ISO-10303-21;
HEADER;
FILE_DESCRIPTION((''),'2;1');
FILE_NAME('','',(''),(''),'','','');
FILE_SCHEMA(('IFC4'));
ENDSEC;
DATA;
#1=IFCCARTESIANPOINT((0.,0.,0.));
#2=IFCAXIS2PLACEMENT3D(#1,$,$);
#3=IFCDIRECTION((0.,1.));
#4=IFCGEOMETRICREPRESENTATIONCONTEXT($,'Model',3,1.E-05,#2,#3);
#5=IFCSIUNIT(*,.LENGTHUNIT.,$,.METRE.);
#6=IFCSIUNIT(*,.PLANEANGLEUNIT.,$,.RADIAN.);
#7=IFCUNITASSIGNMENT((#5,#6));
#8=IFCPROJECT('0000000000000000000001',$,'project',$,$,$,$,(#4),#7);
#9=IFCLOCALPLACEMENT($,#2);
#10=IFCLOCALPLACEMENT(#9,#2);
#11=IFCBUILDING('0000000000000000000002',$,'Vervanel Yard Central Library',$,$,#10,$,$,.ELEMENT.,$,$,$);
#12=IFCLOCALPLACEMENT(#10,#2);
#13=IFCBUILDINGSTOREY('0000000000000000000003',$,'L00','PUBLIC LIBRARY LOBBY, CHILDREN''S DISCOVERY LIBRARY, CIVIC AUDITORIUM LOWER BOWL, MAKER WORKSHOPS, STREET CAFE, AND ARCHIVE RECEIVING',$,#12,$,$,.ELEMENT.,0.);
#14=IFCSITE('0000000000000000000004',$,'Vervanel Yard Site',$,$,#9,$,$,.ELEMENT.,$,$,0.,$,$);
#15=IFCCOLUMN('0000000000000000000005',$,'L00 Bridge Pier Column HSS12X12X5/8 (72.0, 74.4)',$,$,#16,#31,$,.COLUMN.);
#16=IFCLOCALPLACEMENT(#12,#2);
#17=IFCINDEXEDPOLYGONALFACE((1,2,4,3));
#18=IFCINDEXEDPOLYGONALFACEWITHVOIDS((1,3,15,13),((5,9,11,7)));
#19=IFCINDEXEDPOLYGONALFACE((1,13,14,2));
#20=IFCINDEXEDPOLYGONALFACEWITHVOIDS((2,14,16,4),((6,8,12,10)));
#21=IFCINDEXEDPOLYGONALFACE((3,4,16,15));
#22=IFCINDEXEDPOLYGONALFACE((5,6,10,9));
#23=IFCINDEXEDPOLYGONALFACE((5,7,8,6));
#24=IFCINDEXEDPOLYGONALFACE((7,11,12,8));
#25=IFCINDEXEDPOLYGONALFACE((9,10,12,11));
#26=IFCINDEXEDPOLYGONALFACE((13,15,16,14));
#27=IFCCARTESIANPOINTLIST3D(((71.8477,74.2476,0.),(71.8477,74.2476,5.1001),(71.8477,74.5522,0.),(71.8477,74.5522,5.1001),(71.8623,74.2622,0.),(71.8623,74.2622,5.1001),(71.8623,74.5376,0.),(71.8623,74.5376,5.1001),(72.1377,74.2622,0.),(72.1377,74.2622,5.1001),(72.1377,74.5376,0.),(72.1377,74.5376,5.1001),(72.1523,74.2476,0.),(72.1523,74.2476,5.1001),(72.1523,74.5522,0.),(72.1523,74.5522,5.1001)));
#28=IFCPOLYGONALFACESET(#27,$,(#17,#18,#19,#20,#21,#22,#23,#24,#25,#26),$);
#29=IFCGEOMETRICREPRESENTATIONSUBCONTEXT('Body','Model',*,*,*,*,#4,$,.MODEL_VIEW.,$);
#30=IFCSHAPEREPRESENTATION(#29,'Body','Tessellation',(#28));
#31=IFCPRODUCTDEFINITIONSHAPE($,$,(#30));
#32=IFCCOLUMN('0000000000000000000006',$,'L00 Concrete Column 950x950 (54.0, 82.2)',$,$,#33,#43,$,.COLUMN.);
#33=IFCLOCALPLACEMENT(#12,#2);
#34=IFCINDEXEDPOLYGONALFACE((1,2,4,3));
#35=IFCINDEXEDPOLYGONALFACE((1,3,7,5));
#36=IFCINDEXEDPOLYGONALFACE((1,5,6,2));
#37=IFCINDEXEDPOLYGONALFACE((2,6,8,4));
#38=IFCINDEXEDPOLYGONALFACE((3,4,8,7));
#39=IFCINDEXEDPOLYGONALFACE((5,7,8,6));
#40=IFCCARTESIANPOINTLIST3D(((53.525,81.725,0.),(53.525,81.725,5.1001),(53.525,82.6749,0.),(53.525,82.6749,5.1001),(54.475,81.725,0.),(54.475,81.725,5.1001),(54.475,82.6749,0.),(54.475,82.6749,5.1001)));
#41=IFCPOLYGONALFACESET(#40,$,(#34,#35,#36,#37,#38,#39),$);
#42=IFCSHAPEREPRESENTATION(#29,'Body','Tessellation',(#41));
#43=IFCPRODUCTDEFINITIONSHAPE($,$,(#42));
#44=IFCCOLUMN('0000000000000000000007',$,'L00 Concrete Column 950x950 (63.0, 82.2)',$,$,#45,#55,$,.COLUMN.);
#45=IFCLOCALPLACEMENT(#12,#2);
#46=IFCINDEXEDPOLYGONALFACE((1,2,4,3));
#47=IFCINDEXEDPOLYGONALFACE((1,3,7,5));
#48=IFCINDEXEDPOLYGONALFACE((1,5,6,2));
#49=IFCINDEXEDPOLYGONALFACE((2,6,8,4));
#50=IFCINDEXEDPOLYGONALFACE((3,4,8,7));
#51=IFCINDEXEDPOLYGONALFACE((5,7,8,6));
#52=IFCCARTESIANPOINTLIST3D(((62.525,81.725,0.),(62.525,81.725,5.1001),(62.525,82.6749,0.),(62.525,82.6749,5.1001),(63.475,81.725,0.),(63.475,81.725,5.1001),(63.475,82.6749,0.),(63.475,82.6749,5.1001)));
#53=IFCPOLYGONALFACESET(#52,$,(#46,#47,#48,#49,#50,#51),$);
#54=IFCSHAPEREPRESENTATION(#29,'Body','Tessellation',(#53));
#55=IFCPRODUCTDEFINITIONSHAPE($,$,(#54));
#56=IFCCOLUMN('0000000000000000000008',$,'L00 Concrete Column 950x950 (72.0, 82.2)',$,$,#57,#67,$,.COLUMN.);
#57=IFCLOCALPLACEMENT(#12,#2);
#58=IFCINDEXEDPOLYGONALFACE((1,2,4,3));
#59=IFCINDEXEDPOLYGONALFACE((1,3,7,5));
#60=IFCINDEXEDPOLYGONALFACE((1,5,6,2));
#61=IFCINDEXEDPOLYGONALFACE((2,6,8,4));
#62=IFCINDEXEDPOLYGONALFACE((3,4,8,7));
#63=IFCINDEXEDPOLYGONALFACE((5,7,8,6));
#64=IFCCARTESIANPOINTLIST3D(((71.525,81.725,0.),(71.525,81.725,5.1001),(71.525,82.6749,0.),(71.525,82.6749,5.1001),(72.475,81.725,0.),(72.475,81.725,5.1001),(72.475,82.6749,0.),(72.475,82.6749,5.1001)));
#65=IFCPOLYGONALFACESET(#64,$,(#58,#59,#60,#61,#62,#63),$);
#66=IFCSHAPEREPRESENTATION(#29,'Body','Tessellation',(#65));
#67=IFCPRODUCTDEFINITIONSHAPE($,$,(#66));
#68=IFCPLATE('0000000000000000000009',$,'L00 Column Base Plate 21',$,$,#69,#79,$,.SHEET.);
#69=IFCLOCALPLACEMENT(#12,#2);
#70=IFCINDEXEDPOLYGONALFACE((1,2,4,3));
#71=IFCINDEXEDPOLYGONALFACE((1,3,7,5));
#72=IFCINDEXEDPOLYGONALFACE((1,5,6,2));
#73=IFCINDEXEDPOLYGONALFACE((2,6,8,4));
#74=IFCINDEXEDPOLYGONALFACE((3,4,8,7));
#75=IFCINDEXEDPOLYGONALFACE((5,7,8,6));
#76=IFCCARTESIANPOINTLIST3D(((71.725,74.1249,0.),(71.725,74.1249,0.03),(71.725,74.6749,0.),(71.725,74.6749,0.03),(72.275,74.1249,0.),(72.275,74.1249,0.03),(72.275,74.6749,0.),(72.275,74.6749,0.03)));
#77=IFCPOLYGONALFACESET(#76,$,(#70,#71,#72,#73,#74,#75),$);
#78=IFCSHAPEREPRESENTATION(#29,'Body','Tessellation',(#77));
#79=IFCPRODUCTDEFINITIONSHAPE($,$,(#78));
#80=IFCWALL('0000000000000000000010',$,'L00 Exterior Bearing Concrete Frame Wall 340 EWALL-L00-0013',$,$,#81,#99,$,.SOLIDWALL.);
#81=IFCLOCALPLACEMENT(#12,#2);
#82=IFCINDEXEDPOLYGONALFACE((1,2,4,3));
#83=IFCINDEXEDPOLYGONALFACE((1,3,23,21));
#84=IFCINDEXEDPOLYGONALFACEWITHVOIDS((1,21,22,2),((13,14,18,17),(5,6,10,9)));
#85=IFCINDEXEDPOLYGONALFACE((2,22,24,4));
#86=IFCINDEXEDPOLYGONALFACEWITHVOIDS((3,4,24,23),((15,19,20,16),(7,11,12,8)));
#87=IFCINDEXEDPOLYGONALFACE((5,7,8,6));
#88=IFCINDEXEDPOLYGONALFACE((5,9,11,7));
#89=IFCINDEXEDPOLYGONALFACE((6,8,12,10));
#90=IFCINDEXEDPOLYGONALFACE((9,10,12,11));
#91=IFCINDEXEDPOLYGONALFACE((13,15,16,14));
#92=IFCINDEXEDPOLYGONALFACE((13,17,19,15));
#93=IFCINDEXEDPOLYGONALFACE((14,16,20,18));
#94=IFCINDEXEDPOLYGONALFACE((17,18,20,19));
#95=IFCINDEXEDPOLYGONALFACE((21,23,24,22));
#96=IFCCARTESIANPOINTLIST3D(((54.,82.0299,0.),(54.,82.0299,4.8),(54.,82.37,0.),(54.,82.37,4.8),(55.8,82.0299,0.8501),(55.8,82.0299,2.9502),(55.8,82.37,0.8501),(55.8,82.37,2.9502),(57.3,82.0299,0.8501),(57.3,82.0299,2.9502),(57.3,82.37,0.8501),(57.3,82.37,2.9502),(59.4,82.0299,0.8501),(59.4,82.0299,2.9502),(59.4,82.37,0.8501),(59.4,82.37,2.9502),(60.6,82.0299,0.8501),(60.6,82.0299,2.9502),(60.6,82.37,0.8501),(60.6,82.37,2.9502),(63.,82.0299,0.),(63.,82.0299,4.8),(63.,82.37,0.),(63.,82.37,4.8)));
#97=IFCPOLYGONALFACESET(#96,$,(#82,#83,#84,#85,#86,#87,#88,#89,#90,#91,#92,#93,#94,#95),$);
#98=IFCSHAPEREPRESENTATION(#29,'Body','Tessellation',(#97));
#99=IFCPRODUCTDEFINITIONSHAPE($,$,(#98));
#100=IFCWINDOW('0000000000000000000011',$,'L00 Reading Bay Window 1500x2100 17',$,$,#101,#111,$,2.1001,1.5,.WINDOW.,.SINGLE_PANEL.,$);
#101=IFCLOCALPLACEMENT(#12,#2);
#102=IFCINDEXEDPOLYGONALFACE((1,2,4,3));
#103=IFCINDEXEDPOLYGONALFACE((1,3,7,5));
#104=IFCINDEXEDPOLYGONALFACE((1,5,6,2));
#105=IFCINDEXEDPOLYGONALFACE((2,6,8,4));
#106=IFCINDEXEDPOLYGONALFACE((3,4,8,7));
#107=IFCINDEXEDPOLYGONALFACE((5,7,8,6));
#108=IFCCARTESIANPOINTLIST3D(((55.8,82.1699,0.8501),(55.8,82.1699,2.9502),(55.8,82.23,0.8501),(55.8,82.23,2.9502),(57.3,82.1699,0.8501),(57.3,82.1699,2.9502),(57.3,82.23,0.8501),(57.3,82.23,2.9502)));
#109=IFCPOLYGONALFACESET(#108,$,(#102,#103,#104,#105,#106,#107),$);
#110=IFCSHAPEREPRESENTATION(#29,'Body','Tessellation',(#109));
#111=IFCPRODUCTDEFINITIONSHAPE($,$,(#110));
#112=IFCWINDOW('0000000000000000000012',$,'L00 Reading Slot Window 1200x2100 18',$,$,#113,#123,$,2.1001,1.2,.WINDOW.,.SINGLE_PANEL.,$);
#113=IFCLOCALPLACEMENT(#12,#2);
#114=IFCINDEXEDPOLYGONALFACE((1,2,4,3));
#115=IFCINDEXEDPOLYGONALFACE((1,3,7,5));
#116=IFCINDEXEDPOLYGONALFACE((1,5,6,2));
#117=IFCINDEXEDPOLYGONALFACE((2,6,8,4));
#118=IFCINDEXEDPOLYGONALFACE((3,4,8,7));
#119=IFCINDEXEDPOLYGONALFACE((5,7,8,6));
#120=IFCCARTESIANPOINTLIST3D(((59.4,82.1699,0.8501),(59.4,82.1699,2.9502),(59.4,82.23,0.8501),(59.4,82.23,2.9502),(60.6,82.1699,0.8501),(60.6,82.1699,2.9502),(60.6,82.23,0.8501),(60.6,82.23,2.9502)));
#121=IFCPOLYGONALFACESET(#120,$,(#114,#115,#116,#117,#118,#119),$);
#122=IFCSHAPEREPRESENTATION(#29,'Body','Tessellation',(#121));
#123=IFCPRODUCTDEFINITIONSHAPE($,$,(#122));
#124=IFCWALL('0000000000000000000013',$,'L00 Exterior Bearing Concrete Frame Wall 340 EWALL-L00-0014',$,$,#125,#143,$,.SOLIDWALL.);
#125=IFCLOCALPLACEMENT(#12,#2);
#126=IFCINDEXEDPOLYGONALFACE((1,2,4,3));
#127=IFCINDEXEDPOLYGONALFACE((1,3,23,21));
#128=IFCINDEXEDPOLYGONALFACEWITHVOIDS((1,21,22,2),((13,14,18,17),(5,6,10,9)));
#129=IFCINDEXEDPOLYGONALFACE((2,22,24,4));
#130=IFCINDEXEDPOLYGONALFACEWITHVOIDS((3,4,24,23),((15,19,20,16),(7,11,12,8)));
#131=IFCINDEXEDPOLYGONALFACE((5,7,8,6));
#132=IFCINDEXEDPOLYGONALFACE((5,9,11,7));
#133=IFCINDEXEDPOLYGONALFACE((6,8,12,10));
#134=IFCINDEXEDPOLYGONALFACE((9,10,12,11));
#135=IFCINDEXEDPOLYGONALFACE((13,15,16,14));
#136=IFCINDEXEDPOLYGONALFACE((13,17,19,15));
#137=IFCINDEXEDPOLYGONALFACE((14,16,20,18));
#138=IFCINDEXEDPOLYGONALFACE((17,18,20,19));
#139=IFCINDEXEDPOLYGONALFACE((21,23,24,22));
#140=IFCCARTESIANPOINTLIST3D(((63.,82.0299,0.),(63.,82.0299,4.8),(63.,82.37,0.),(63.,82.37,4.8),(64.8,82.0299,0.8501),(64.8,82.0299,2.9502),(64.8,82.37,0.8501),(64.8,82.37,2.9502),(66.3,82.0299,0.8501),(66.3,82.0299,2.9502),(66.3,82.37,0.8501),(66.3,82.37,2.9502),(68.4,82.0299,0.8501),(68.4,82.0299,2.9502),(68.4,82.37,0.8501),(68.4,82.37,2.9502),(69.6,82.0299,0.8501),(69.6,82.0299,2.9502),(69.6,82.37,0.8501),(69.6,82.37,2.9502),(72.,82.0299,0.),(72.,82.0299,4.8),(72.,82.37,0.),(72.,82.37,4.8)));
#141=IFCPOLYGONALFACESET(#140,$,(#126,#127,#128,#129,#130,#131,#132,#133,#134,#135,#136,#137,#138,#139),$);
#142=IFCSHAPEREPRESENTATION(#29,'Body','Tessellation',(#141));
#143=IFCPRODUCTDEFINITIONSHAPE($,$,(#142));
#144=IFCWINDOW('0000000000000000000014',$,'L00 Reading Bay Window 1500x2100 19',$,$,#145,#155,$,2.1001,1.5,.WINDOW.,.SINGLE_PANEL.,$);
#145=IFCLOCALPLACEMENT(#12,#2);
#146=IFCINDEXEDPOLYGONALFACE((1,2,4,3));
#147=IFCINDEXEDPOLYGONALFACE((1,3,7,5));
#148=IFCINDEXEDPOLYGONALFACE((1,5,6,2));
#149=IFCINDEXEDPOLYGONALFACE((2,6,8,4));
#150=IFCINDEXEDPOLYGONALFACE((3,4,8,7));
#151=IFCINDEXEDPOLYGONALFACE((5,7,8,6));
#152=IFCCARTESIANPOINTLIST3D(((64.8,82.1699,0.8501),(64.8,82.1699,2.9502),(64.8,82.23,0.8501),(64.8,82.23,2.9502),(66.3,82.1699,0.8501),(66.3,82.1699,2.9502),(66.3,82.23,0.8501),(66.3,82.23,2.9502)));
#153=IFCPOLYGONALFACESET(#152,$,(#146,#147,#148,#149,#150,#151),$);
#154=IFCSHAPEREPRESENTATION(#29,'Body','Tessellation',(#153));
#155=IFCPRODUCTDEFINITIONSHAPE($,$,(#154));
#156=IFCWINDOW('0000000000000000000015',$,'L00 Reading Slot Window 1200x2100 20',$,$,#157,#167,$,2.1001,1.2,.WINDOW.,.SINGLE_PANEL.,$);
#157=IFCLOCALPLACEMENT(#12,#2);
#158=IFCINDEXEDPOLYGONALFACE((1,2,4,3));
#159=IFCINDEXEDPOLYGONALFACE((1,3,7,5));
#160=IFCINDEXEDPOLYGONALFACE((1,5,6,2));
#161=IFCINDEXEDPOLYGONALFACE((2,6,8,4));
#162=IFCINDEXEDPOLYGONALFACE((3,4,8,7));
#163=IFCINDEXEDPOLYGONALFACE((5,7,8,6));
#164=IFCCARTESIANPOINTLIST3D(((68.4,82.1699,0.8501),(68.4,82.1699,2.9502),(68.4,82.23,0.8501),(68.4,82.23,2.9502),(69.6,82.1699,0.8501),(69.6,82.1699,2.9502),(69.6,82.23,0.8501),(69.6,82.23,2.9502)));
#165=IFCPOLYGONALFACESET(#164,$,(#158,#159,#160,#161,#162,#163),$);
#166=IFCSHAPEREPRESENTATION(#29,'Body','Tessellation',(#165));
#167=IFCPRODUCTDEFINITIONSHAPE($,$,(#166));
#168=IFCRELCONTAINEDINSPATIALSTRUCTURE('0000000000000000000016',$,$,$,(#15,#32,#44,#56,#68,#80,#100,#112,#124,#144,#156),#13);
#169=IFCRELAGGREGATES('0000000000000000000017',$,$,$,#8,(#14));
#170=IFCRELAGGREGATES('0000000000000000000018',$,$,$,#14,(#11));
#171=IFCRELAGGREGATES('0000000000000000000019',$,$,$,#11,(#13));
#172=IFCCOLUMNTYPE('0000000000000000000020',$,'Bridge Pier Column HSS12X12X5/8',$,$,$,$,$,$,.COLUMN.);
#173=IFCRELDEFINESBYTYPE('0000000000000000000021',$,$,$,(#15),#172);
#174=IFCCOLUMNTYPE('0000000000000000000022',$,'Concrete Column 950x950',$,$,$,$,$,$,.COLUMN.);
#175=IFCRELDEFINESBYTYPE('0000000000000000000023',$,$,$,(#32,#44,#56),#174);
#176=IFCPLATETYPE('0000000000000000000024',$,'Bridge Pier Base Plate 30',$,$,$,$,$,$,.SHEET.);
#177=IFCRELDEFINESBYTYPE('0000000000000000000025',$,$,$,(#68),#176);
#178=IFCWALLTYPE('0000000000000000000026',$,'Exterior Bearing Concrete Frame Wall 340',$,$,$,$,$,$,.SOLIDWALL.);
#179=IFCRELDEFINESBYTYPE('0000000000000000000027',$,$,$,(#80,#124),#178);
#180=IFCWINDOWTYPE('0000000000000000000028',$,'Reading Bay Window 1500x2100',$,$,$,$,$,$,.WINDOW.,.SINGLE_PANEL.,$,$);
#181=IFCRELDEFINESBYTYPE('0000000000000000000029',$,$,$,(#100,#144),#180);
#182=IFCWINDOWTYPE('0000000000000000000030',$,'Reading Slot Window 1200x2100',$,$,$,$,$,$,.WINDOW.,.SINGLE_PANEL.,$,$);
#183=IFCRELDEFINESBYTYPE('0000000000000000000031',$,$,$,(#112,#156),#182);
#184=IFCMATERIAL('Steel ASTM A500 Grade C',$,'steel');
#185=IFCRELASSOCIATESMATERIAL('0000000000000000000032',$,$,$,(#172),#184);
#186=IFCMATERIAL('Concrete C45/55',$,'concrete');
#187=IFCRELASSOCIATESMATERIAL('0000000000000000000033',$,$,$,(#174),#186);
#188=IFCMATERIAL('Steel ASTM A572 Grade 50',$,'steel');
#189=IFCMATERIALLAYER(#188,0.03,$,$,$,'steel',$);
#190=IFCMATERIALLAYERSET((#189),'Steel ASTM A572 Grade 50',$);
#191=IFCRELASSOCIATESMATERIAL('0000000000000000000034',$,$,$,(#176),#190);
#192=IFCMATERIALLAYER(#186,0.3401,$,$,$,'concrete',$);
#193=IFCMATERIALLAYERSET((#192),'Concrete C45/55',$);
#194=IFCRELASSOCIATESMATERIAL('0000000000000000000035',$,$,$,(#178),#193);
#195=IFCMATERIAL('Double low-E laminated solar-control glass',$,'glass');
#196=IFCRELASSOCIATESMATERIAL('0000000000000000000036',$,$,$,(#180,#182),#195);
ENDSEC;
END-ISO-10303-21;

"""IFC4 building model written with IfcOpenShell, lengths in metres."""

from ifc_helpers import new_model, si_unit, direction, frame, frame_2d, origin, origin_2d, place, context, subcontext, project, spatial, rectangle, hollow_rectangle, extrude, material, layer, layer_set, material_profile, profile_set, type_object, element, fill, save


model = new_model("IFC4")

# Units and contexts
model_context = context("Model", 3, precision=1e-05, world=origin(), true_north=direction((0.0, 1.0)))
body_context = subcontext(model_context, "Body", "Model", "MODEL_VIEW")
ifc_project = project(units=[si_unit("LENGTHUNIT", "METRE"), si_unit("PLANEANGLEUNIT", "RADIAN")], contexts=[model_context])

# Site, building, storey
site_placement = place(None, origin())
site = spatial("IfcSite", under=ifc_project, at=site_placement, Name="Vervanel Yard Site", CompositionType="ELEMENT", RefElevation=0.0)
building_placement = place(site_placement, origin())
building = spatial("IfcBuilding", under=site, at=building_placement, Name="Vervanel Yard Central Library", CompositionType="ELEMENT")
storey_placement = place(building_placement, origin())
storey = spatial("IfcBuildingStorey", under=building, at=storey_placement, Name="L00", Description="PUBLIC LIBRARY LOBBY, CHILDREN'S DISCOVERY LIBRARY, CIVIC AUDITORIUM LOWER BOWL, MAKER WORKSHOPS, STREET CAFE, AND ARCHIVE RECEIVING", CompositionType="ELEMENT", Elevation=0.0)

# Columns
ifc_material_1 = material(Name="Steel ASTM A500 Grade C", Category="steel")
ifc_material_profile_1 = material_profile(ifc_material_1, hollow_rectangle(XDim=0.3047, YDim=0.3047, WallThickness=0.0146, at=origin_2d()), Name="HSS12X12X5/8", Category="steel")
ifc_profile_set_1 = profile_set([ifc_material_profile_1], Name="Steel ASTM A500 Grade C")
column_type_1 = type_object("IfcColumnType", Name="Bridge Pier Column HSS12X12X5/8", PredefinedType="COLUMN", material=ifc_profile_set_1)
column_placement = place(storey_placement, frame((72.0, 74.3999, 0.0), z_axis=(0.0, 0.0, 1.0), x_axis=(1.0, 0.0, 0.0)))
element("IfcColumn", 1, at=column_placement, inside=storey, type_object=column_type_1, Name="L00 Bridge Pier Column HSS12X12X5/8 (72.0, 74.4)", PredefinedType="COLUMN", context=body_context, shape_type="SweptSolid", body=[
    extrude(hollow_rectangle(XDim=0.3047, YDim=0.3047, WallThickness=0.0146, at=origin_2d()), origin(), (0.0, 0.0, 1.0), 5.1001),
])
ifc_material_2 = material(Name="Concrete C45/55", Category="concrete")
ifc_material_profile_2 = material_profile(ifc_material_2, rectangle(XDim=0.95, YDim=0.95, at=origin_2d()), Name="RC 950x950", Category="concrete")
ifc_profile_set_2 = profile_set([ifc_material_profile_2], Name="Concrete C45/55")
column_type_2 = type_object("IfcColumnType", Name="Concrete Column 950x950", PredefinedType="COLUMN", material=ifc_profile_set_2)
for number, where, z_axis, x_axis, name in (
    (2, (54.0, 82.2, 0.0), (0.0, 0.0, 1.0), (1.0, 0.0, 0.0), "L00 Concrete Column 950x950 (54.0, 82.2)"),
    (3, (63.0, 82.2, 0.0), (0.0, 0.0, 1.0), (1.0, 0.0, 0.0), "L00 Concrete Column 950x950 (63.0, 82.2)"),
    (4, (72.0, 82.2, 0.0), (0.0, 0.0, 1.0), (1.0, 0.0, 0.0), "L00 Concrete Column 950x950 (72.0, 82.2)"),
):
    element("IfcColumn", number, at=place(storey_placement, frame(where, z_axis=z_axis, x_axis=x_axis)), inside=storey, type_object=column_type_2, Name=name, PredefinedType="COLUMN", context=body_context, shape_type="SweptSolid", body=[
        extrude(rectangle(XDim=0.95, YDim=0.95, at=origin_2d()), origin(), (0.0, 0.0, 1.0), 5.1001),
    ])

# Plate
ifc_material_3 = material(Name="Steel ASTM A572 Grade 50", Category="steel")
ifc_layer_1 = layer(ifc_material_3, 0.03, Category="steel")
ifc_layer_set_1 = layer_set([ifc_layer_1], Name="Steel ASTM A572 Grade 50")
plate_type = type_object("IfcPlateType", Name="Bridge Pier Base Plate 30", PredefinedType="SHEET", material=ifc_layer_set_1)
plate_placement = place(storey_placement, frame((72.0, 74.3999, 0.0), z_axis=(0.0, 0.0, 1.0), x_axis=(1.0, 0.0, 0.0)))
element("IfcPlate", 5, at=plate_placement, inside=storey, type_object=plate_type, Name="L00 Column Base Plate 21", PredefinedType="SHEET", context=body_context, shape_type="SweptSolid", body=[
    extrude(rectangle(XDim=0.55, YDim=0.55, at=origin_2d()), origin(), (0.0, 0.0, 1.0), 0.03),
])

# Walls, openings, windows
ifc_layer_2 = layer(ifc_material_2, 0.3401, Category="concrete")
ifc_layer_set_2 = layer_set([ifc_layer_2], Name="Concrete C45/55")
wall_type_1 = type_object("IfcWallType", Name="Exterior Bearing Concrete Frame Wall 340", PredefinedType="SOLIDWALL", material=ifc_layer_set_2)
wall_1_placement = place(storey_placement, frame((54.0, 82.2, 0.0), z_axis=(0.0, 0.0, 1.0), x_axis=(1.0, 0.0, 0.0)))
wall_1 = element("IfcWall", 6, at=wall_1_placement, inside=storey, type_object=wall_type_1, Name="L00 Exterior Bearing Concrete Frame Wall 340 EWALL-L00-0013", PredefinedType="SOLIDWALL", context=body_context, shape_type="SweptSolid", body=[
    extrude(rectangle(XDim=9.0, YDim=0.3401, at=frame_2d((4.5, 0.0))), origin(), (0.0, 0.0, 1.0), 4.8),
])
opening_1_placement = place(wall_1_placement, frame((1.8, 0.0, 0.8501)))
opening_1 = element("IfcOpeningElement", 7, at=opening_1_placement, cuts=wall_1, PredefinedType="OPENING", context=body_context, shape_type="SweptSolid", body=[
    extrude(rectangle(XDim=1.5, YDim=2.1001, at=frame_2d((0.75, 1.05))), frame((0.0, 0.1799, 0.0), z_axis=(0.0, -1.0, 0.0), x_axis=(1.0, 0.0, 0.0)), (0.0, 0.0, 1.0), 0.3601),
])
opening_2_placement = place(wall_1_placement, frame((5.3999, 0.0, 0.8501)))
opening_2 = element("IfcOpeningElement", 8, at=opening_2_placement, cuts=wall_1, PredefinedType="OPENING", context=body_context, shape_type="SweptSolid", body=[
    extrude(rectangle(XDim=1.2, YDim=2.1001, at=frame_2d((0.6001, 1.05))), frame((0.0, 0.1799, 0.0), z_axis=(0.0, -1.0, 0.0), x_axis=(1.0, 0.0, 0.0)), (0.0, 0.0, 1.0), 0.3601),
])
ifc_material_4 = material(Name="Double low-E laminated solar-control glass", Category="glass")
window_type_1 = type_object("IfcWindowType", Name="Reading Bay Window 1500x2100", PartitioningType="SINGLE_PANEL", PredefinedType="WINDOW", material=ifc_material_4)
window_1_placement = place(opening_1_placement, origin())
window_1 = element("IfcWindow", 9, at=window_1_placement, inside=storey, type_object=window_type_1, Name="L00 Reading Bay Window 1500x2100 17", OverallHeight=2.1001, OverallWidth=1.5, PartitioningType="SINGLE_PANEL", PredefinedType="WINDOW", context=body_context, shape_type="SweptSolid", body=[
    extrude(rectangle(XDim=1.5, YDim=2.1001, at=frame_2d((0.75, 1.05))), frame((0.0, 0.03, 0.0), z_axis=(0.0, -1.0, 0.0), x_axis=(1.0, 0.0, 0.0)), (0.0, 0.0, 1.0), 0.0601),
])
fill(opening_1, window_1)
window_type_2 = type_object("IfcWindowType", Name="Reading Slot Window 1200x2100", PartitioningType="SINGLE_PANEL", PredefinedType="WINDOW", material=ifc_material_4)
window_2_placement = place(opening_2_placement, origin())
window_2 = element("IfcWindow", 10, at=window_2_placement, inside=storey, type_object=window_type_2, Name="L00 Reading Slot Window 1200x2100 18", OverallHeight=2.1001, OverallWidth=1.2, PartitioningType="SINGLE_PANEL", PredefinedType="WINDOW", context=body_context, shape_type="SweptSolid", body=[
    extrude(rectangle(XDim=1.2, YDim=2.1001, at=frame_2d((0.6001, 1.05))), frame((0.0, 0.03, 0.0), z_axis=(0.0, -1.0, 0.0), x_axis=(1.0, 0.0, 0.0)), (0.0, 0.0, 1.0), 0.0601),
])
fill(opening_2, window_2)
wall_2_placement = place(storey_placement, frame((63.0, 82.2, 0.0), z_axis=(0.0, 0.0, 1.0), x_axis=(1.0, 0.0, 0.0)))
wall_2 = element("IfcWall", 11, at=wall_2_placement, inside=storey, type_object=wall_type_1, Name="L00 Exterior Bearing Concrete Frame Wall 340 EWALL-L00-0014", PredefinedType="SOLIDWALL", context=body_context, shape_type="SweptSolid", body=[
    extrude(rectangle(XDim=9.0, YDim=0.3401, at=frame_2d((4.5, 0.0))), origin(), (0.0, 0.0, 1.0), 4.8),
])
opening_3_placement = place(wall_2_placement, frame((1.8, 0.0, 0.8501)))
opening_3 = element("IfcOpeningElement", 12, at=opening_3_placement, cuts=wall_2, PredefinedType="OPENING", context=body_context, shape_type="SweptSolid", body=[
    extrude(rectangle(XDim=1.5, YDim=2.1001, at=frame_2d((0.75, 1.05))), frame((0.0, 0.1799, 0.0), z_axis=(0.0, -1.0, 0.0), x_axis=(1.0, 0.0, 0.0)), (0.0, 0.0, 1.0), 0.3601),
])
opening_4_placement = place(wall_2_placement, frame((5.3999, 0.0, 0.8501)))
opening_4 = element("IfcOpeningElement", 13, at=opening_4_placement, cuts=wall_2, PredefinedType="OPENING", context=body_context, shape_type="SweptSolid", body=[
    extrude(rectangle(XDim=1.2, YDim=2.1001, at=frame_2d((0.6001, 1.05))), frame((0.0, 0.1799, 0.0), z_axis=(0.0, -1.0, 0.0), x_axis=(1.0, 0.0, 0.0)), (0.0, 0.0, 1.0), 0.3601),
])
window_3_placement = place(opening_3_placement, origin())
window_3 = element("IfcWindow", 14, at=window_3_placement, inside=storey, type_object=window_type_1, Name="L00 Reading Bay Window 1500x2100 19", OverallHeight=2.1001, OverallWidth=1.5, PartitioningType="SINGLE_PANEL", PredefinedType="WINDOW", context=body_context, shape_type="SweptSolid", body=[
    extrude(rectangle(XDim=1.5, YDim=2.1001, at=frame_2d((0.75, 1.05))), frame((0.0, 0.03, 0.0), z_axis=(0.0, -1.0, 0.0), x_axis=(1.0, 0.0, 0.0)), (0.0, 0.0, 1.0), 0.0601),
])
fill(opening_3, window_3)
window_4_placement = place(opening_4_placement, origin())
window_4 = element("IfcWindow", 15, at=window_4_placement, inside=storey, type_object=window_type_2, Name="L00 Reading Slot Window 1200x2100 20", OverallHeight=2.1001, OverallWidth=1.2, PartitioningType="SINGLE_PANEL", PredefinedType="WINDOW", context=body_context, shape_type="SweptSolid", body=[
    extrude(rectangle(XDim=1.2, YDim=2.1001, at=frame_2d((0.6001, 1.05))), frame((0.0, 0.03, 0.0), z_axis=(0.0, -1.0, 0.0), x_axis=(1.0, 0.0, 0.0)), (0.0, 0.0, 1.0), 0.0601),
])
fill(opening_4, window_4)

save(model, "model.ifc")
